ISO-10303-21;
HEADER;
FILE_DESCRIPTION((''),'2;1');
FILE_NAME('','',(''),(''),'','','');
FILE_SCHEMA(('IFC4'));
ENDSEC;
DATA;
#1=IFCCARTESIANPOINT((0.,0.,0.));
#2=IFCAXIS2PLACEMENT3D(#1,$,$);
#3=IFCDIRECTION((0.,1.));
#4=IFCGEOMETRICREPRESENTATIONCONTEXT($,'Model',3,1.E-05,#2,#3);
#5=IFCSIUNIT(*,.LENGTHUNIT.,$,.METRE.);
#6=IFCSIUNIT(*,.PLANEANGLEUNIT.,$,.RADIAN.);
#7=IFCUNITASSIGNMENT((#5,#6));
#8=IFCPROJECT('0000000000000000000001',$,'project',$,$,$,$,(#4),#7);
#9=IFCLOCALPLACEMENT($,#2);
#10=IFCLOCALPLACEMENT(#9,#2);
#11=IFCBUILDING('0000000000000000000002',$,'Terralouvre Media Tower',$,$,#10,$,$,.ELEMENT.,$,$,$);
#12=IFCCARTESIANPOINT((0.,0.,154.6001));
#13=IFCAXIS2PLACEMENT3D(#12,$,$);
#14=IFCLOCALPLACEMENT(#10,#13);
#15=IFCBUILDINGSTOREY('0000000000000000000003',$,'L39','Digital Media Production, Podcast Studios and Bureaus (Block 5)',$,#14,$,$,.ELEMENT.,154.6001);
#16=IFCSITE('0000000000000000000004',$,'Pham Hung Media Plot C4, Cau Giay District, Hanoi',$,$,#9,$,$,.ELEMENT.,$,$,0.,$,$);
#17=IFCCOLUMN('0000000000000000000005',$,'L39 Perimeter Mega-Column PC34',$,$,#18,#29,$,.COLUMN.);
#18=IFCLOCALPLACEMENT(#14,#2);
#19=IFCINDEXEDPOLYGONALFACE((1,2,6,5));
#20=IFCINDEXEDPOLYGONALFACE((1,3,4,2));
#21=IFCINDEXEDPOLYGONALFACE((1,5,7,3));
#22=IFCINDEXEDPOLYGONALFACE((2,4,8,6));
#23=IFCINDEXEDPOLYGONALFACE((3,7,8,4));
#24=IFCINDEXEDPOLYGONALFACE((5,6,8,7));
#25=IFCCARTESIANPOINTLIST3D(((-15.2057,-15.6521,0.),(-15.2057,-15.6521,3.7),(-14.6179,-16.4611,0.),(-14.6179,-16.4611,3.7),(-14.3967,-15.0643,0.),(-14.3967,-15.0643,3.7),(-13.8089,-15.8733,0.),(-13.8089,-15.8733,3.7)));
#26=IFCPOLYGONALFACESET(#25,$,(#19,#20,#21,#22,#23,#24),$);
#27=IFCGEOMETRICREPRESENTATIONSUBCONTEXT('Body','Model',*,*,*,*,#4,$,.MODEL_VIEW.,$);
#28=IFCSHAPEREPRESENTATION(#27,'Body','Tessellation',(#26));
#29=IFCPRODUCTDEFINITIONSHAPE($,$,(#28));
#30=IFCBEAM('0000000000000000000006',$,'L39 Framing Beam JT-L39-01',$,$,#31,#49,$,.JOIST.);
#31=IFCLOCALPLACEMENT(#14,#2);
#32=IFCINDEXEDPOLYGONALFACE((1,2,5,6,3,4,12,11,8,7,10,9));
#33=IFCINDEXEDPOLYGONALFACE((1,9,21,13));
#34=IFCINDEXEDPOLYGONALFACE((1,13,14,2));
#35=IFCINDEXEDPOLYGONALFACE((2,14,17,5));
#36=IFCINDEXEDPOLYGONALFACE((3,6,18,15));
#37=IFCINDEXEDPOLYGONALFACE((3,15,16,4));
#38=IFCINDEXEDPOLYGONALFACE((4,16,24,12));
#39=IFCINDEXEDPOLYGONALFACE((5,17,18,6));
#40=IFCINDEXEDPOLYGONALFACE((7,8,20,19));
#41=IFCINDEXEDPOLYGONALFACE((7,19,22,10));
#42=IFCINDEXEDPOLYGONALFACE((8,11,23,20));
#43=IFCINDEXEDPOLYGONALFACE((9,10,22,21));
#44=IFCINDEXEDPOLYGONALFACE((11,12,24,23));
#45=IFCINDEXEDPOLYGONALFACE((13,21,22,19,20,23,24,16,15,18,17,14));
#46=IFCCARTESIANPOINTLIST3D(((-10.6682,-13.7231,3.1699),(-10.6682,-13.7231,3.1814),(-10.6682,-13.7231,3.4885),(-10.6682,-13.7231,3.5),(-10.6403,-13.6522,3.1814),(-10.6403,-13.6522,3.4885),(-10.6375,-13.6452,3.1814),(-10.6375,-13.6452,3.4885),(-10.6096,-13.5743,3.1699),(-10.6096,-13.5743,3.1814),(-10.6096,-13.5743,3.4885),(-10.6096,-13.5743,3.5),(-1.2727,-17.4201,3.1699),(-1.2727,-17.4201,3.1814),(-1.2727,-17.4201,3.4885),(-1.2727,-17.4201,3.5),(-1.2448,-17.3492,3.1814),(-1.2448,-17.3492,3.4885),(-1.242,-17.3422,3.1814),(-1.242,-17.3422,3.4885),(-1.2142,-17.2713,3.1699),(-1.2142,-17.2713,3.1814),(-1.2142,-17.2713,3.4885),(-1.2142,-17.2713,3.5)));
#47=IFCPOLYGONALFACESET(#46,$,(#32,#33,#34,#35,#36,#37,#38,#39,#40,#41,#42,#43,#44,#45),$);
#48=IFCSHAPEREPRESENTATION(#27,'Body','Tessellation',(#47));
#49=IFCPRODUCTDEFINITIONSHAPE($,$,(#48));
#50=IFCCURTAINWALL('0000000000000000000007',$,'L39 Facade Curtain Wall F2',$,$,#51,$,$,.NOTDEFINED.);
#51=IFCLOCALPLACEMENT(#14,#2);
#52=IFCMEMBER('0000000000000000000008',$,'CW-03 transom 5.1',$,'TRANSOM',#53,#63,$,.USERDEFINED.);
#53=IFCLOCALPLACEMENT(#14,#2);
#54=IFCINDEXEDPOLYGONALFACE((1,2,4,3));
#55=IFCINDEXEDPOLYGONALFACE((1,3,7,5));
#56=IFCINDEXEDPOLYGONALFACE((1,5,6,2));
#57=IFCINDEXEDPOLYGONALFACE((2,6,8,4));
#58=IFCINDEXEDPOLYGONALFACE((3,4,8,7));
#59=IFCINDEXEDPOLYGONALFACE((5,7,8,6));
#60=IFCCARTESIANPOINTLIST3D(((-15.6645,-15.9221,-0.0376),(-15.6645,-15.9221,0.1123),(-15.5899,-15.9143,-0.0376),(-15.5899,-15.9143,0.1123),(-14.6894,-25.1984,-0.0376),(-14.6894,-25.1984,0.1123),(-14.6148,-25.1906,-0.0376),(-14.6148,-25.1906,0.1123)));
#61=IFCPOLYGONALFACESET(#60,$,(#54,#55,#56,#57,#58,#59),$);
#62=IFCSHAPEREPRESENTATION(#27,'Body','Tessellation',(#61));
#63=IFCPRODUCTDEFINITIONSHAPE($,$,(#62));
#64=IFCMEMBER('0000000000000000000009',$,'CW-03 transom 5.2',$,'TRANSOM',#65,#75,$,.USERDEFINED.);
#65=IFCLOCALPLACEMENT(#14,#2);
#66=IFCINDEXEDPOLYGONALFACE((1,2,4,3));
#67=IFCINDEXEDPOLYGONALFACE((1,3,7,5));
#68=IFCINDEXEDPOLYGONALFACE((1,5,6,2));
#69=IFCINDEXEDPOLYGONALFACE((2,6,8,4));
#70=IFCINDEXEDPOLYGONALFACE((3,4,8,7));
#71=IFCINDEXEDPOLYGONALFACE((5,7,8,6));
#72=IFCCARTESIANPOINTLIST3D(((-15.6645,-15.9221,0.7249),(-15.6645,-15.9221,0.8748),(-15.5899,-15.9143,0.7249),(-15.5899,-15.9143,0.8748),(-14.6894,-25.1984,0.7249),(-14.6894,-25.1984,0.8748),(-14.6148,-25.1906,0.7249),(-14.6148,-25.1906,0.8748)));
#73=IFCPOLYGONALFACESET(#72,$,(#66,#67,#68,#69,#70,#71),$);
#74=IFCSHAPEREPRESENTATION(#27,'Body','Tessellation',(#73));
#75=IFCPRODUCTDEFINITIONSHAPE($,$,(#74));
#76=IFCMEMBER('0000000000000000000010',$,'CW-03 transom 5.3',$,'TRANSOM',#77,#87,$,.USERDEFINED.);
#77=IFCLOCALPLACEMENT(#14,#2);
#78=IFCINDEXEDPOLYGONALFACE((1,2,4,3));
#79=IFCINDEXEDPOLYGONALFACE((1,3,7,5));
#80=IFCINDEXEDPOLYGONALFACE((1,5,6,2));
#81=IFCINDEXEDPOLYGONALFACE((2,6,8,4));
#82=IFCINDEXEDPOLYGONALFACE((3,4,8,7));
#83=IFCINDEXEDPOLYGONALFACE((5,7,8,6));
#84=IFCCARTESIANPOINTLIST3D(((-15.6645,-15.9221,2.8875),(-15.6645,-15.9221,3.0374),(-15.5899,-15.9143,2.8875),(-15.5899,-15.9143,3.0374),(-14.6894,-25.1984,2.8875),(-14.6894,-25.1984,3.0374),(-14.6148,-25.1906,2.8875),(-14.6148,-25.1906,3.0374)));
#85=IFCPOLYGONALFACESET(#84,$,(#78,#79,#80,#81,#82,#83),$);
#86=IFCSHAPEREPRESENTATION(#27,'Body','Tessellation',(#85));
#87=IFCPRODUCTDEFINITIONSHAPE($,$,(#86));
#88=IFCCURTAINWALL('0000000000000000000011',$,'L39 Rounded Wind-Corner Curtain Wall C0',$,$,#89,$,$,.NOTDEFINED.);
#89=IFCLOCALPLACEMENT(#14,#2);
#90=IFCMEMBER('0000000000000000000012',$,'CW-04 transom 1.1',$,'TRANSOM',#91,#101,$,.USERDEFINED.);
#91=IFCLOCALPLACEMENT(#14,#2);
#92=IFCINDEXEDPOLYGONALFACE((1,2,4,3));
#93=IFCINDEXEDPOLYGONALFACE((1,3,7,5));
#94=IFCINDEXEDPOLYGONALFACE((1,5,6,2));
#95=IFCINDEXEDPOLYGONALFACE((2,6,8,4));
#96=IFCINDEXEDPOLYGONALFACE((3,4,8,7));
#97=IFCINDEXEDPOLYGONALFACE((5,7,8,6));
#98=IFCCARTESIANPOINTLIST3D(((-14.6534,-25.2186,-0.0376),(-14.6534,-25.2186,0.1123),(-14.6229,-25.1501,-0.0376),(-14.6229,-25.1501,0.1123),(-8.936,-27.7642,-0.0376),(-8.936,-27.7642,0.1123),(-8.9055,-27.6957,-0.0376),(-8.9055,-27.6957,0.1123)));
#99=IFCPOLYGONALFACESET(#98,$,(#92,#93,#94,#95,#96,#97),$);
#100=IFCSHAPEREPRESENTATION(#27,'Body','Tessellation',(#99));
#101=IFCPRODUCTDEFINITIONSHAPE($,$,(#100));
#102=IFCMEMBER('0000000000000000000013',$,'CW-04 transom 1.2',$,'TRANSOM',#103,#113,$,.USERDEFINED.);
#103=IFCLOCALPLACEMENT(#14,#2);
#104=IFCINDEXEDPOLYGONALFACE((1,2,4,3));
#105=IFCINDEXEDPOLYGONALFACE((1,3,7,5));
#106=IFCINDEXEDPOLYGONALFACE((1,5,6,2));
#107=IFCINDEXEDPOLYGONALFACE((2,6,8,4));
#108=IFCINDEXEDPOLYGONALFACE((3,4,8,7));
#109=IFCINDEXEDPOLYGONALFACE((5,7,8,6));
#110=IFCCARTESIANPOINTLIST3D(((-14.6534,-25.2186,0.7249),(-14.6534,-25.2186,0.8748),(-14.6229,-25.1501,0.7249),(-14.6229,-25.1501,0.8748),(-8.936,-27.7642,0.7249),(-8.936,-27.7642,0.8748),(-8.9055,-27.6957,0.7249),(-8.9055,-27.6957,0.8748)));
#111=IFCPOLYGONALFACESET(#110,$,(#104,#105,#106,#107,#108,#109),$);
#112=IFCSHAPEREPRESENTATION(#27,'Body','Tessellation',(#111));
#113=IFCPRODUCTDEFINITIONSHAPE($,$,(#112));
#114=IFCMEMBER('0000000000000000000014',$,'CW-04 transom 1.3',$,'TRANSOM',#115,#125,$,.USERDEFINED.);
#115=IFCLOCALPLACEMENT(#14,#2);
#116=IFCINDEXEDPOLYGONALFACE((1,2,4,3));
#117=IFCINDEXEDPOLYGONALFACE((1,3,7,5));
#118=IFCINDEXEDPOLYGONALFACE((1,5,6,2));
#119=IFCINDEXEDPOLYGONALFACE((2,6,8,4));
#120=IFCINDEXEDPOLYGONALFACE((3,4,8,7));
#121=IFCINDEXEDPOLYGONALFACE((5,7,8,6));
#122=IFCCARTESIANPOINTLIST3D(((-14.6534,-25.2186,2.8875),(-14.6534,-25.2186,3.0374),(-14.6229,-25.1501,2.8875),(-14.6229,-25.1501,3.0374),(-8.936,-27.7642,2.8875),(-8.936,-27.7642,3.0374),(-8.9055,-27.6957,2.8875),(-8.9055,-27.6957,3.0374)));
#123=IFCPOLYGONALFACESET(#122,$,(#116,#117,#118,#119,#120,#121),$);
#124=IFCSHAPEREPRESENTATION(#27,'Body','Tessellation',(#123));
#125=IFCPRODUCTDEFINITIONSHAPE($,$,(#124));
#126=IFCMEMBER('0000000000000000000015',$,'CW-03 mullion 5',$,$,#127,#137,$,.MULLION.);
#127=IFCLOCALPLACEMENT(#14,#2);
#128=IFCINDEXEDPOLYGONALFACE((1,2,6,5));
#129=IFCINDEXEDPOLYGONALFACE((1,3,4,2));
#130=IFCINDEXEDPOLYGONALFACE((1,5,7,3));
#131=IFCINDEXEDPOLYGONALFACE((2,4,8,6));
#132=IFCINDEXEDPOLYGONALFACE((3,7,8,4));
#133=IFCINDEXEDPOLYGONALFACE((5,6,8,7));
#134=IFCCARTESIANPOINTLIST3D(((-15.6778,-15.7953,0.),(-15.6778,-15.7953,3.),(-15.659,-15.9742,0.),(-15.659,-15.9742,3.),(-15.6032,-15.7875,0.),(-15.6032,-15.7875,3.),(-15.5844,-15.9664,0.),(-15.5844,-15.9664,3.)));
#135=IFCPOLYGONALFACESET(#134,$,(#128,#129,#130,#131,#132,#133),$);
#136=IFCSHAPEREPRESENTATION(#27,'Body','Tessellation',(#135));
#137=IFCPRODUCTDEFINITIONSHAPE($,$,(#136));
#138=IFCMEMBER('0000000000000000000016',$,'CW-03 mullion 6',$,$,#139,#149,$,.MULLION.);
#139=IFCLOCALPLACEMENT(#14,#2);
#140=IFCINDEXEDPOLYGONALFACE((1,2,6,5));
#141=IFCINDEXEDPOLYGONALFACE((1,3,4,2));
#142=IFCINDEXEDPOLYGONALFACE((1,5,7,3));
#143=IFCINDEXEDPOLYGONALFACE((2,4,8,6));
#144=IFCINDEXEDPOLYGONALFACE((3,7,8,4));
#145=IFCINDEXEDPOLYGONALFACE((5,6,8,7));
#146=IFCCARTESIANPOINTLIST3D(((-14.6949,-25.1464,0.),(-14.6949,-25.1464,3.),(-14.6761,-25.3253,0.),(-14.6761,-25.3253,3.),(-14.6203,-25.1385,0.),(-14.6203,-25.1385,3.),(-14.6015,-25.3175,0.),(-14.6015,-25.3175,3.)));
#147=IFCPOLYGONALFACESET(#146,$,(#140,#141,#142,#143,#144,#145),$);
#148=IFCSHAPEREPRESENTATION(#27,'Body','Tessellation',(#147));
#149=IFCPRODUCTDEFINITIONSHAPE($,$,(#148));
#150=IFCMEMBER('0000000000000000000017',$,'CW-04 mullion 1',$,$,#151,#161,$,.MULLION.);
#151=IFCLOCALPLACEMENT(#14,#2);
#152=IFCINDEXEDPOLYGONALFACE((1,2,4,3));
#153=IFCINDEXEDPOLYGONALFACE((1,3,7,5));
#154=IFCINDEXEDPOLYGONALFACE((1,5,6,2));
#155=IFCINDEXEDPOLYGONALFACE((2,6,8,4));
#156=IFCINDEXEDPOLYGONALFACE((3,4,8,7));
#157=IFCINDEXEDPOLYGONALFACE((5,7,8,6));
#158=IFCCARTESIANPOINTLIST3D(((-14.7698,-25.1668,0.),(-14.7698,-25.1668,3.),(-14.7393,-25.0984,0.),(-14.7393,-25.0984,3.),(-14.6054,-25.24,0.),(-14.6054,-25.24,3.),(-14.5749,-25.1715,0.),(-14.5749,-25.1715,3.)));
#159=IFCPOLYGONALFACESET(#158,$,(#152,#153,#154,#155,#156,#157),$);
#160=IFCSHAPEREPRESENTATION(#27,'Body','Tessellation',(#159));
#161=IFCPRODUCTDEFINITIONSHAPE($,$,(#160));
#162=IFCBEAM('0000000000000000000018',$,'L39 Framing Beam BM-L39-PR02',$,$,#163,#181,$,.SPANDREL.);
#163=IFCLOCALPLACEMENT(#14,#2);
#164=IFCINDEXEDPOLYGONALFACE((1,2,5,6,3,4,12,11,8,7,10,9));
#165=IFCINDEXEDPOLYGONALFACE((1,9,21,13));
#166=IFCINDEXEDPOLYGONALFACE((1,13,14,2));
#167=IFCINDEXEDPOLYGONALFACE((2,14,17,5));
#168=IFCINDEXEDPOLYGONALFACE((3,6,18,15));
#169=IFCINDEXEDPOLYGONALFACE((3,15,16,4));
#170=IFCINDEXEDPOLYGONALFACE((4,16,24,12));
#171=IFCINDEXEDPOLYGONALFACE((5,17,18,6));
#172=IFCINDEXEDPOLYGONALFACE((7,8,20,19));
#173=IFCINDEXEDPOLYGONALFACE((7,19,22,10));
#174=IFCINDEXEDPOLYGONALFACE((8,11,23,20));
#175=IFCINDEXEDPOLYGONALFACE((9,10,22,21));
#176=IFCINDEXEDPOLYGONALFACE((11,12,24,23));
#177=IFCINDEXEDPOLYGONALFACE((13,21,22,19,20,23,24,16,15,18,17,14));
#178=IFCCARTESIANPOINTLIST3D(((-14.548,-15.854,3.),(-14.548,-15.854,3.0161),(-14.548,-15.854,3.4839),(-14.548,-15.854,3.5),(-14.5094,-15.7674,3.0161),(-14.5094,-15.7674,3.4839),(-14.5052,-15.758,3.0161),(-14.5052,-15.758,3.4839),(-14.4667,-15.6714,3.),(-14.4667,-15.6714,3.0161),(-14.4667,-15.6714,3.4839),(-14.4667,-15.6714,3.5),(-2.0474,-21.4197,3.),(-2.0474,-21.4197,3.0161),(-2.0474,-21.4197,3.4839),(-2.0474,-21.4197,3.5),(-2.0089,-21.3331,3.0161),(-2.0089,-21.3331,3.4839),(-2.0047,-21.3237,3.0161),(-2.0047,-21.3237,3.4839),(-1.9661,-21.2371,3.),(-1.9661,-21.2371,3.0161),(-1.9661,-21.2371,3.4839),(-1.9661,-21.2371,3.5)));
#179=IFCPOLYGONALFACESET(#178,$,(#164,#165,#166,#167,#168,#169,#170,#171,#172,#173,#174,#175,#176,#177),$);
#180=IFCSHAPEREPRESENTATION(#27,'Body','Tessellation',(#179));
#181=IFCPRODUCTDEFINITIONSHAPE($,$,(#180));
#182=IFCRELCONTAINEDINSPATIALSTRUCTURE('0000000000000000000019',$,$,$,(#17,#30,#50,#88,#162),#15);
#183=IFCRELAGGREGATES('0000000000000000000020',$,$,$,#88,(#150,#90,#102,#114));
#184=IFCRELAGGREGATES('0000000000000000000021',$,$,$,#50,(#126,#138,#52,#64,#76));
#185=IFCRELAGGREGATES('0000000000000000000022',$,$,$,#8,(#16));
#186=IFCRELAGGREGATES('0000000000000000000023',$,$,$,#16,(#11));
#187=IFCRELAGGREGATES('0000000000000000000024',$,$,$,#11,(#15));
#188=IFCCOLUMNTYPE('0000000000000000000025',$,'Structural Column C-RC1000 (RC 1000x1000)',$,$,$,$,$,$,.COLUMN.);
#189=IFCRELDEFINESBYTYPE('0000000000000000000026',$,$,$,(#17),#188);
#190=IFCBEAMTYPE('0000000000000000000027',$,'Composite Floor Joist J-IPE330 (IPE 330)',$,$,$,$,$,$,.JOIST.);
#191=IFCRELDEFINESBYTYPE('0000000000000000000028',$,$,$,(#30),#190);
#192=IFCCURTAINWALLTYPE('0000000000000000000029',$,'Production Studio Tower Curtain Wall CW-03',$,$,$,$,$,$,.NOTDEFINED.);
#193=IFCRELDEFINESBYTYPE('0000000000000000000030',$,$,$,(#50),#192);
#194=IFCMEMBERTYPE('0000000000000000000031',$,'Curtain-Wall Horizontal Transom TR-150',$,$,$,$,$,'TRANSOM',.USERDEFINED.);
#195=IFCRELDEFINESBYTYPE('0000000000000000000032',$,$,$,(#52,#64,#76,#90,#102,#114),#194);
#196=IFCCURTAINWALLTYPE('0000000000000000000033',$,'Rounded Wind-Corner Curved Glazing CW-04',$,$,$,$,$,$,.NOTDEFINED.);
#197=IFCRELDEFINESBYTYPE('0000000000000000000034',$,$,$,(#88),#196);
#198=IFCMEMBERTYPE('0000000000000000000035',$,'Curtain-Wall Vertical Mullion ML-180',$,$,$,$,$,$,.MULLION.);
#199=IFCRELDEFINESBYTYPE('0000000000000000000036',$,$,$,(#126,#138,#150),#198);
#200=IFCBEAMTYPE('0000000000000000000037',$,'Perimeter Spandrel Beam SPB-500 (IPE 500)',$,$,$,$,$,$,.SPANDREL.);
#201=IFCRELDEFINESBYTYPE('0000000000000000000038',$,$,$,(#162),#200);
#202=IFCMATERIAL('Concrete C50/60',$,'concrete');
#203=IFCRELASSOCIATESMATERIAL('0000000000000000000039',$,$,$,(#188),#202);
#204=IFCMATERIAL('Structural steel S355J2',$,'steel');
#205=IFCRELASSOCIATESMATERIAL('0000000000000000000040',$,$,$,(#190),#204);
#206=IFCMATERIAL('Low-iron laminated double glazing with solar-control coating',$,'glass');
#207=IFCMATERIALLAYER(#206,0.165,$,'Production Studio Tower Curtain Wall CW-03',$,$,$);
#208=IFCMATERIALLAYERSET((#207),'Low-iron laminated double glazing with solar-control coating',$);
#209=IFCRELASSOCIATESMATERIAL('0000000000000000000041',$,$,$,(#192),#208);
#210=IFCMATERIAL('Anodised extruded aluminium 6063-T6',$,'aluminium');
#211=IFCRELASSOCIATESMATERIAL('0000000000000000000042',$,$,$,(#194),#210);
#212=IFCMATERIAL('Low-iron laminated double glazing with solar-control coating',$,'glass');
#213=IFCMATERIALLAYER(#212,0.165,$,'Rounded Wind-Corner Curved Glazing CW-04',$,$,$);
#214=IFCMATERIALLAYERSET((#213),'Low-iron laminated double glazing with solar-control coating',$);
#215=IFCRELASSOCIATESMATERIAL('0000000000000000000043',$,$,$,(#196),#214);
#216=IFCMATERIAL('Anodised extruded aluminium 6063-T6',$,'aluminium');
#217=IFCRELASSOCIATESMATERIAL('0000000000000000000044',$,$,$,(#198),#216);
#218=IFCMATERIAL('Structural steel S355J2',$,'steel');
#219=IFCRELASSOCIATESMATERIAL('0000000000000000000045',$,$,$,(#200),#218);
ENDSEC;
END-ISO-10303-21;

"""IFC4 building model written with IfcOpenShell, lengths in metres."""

from ifc_helpers import new_model, si_unit, direction, frame, origin, origin_2d, place, context, subcontext, project, spatial, rectangle, i_section, extrude, material, layer, layer_set, material_profile, profile_set, type_object, element, aggregate, save


model = new_model("IFC4")

# Units and contexts
model_context = context("Model", 3, precision=1e-05, world=origin(), true_north=direction((0.0, 1.0)))
body_context = subcontext(model_context, "Body", "Model", "MODEL_VIEW")
ifc_project = project(units=[si_unit("LENGTHUNIT", "METRE"), si_unit("PLANEANGLEUNIT", "RADIAN")], contexts=[model_context])

# Site, building, storey
site_placement = place(None, origin())
site = spatial("IfcSite", under=ifc_project, at=site_placement, Name="Pham Hung Media Plot C4, Cau Giay District, Hanoi", CompositionType="ELEMENT", RefElevation=0.0)
building_placement = place(site_placement, origin())
building = spatial("IfcBuilding", under=site, at=building_placement, Name="Terralouvre Media Tower", CompositionType="ELEMENT")
storey_placement = place(building_placement, frame((0.0, 0.0, 154.6001)))
storey = spatial("IfcBuildingStorey", under=building, at=storey_placement, Name="L39", Description="Digital Media Production, Podcast Studios and Bureaus (Block 5)", CompositionType="ELEMENT", Elevation=154.6001)

# Column
ifc_material_1 = material(Name="Concrete C50/60", Category="concrete")
ifc_material_profile_1 = material_profile(ifc_material_1, rectangle(XDim=1.0, YDim=1.0, at=origin_2d()), Name="RC 1000x1000")
ifc_profile_set_1 = profile_set([ifc_material_profile_1], Name="Concrete C50/60")
column_type = type_object("IfcColumnType", Name="Structural Column C-RC1000 (RC 1000x1000)", PredefinedType="COLUMN", material=ifc_profile_set_1)
column_placement = place(storey_placement, frame((-14.5073, -15.7627, 0.0), z_axis=(0.0, 0.0, 1.0), x_axis=(0.809017, 0.587785, 0.0)))
element("IfcColumn", 1, at=column_placement, inside=storey, type_object=column_type, Name="L39 Perimeter Mega-Column PC34", PredefinedType="COLUMN", context=body_context, shape_type="SweptSolid", body=[
    extrude(rectangle(XDim=1.0, YDim=1.0, at=origin_2d()), origin(), (0.0, 0.0, 1.0), 3.7),
])

# Beam
ifc_material_2 = material(Name="Structural steel S355J2", Category="steel")
ifc_material_profile_2 = material_profile(ifc_material_2, i_section(OverallWidth=0.1599, OverallDepth=0.3301, WebThickness=0.0076, FlangeThickness=0.0115, at=origin_2d()), Name="IPE 330")
ifc_profile_set_2 = profile_set([ifc_material_profile_2], Name="Structural steel S355J2")
beam_type_1 = type_object("IfcBeamType", Name="Composite Floor Joist J-IPE330 (IPE 330)", PredefinedType="JOIST", material=ifc_profile_set_2)
beam_1_placement = place(storey_placement, frame((-10.6389, -13.6487, 3.335), z_axis=(0.930552, -0.366161, 0.0), x_axis=(0.366161, 0.930552, 0.0)))
element("IfcBeam", 2, at=beam_1_placement, inside=storey, type_object=beam_type_1, Name="L39 Framing Beam JT-L39-01", PredefinedType="JOIST", context=body_context, shape_type="SweptSolid", body=[
    extrude(i_section(OverallWidth=0.1599, OverallDepth=0.3301, WebThickness=0.0076, FlangeThickness=0.0115, at=origin_2d()), origin(), (0.0, 0.0, 1.0), 10.0967),
])

# Curtain walls, members
ifc_material_3 = material(Name="Low-iron laminated double glazing with solar-control coating", Category="glass")
ifc_layer_1 = layer(ifc_material_3, 0.165, Name="Production Studio Tower Curtain Wall CW-03")
ifc_layer_set_1 = layer_set([ifc_layer_1], Name="Low-iron laminated double glazing with solar-control coating")
curtain_wall_type_1 = type_object("IfcCurtainWallType", Name="Production Studio Tower Curtain Wall CW-03", PredefinedType="NOTDEFINED", material=ifc_layer_set_1)
curtain_wall_1_placement = place(storey_placement, origin())
curtain_wall_1 = element("IfcCurtainWall", 3, at=curtain_wall_1_placement, inside=storey, type_object=curtain_wall_type_1, Name="L39 Facade Curtain Wall F2", PredefinedType="NOTDEFINED")
ifc_material_4 = material(Name="Anodised extruded aluminium 6063-T6", Category="aluminium")
ifc_material_profile_3 = material_profile(ifc_material_4, rectangle(XDim=0.075, YDim=0.1499, at=origin_2d()), Name="ALU 75x150")
ifc_profile_set_3 = profile_set([ifc_material_profile_3], Name="Anodised extruded aluminium 6063-T6")
member_type_1 = type_object("IfcMemberType", Name="Curtain-Wall Horizontal Transom TR-150", ElementType="TRANSOM", PredefinedType="USERDEFINED", material=ifc_profile_set_3)
member_1_placement = place(storey_placement, frame((-15.6272, -15.9182, 0.0374), z_axis=(0.10454, -0.994521, 0.0), x_axis=(0.994521, 0.10454, 0.0)))
member_1 = element("IfcMember", 4, at=member_1_placement, type_object=member_type_1, Name="CW-03 transom 5.1", ObjectType="TRANSOM", PredefinedType="USERDEFINED", context=body_context, shape_type="SweptSolid", body=[
    extrude(rectangle(XDim=0.075, YDim=0.1499, at=origin_2d()), origin(), (0.0, 0.0, 1.0), 9.3274),
])
member_2_placement = place(storey_placement, frame((-15.6272, -15.9182, 0.7998), z_axis=(0.10454, -0.994521, 0.0), x_axis=(0.994521, 0.10454, 0.0)))
member_2 = element("IfcMember", 5, at=member_2_placement, type_object=member_type_1, Name="CW-03 transom 5.2", ObjectType="TRANSOM", PredefinedType="USERDEFINED", context=body_context, shape_type="SweptSolid", body=[
    extrude(rectangle(XDim=0.075, YDim=0.1499, at=origin_2d()), origin(), (0.0, 0.0, 1.0), 9.3274),
])
member_3_placement = place(storey_placement, frame((-15.6272, -15.9182, 2.9624), z_axis=(0.10454, -0.994521, 0.0), x_axis=(0.994521, 0.10454, 0.0)))
member_3 = element("IfcMember", 6, at=member_3_placement, type_object=member_type_1, Name="CW-03 transom 5.3", ObjectType="TRANSOM", PredefinedType="USERDEFINED", context=body_context, shape_type="SweptSolid", body=[
    extrude(rectangle(XDim=0.075, YDim=0.1499, at=origin_2d()), origin(), (0.0, 0.0, 1.0), 9.3274),
])
ifc_material_5 = material(Name="Low-iron laminated double glazing with solar-control coating", Category="glass")
ifc_layer_2 = layer(ifc_material_5, 0.165, Name="Rounded Wind-Corner Curved Glazing CW-04")
ifc_layer_set_2 = layer_set([ifc_layer_2], Name="Low-iron laminated double glazing with solar-control coating")
curtain_wall_type_2 = type_object("IfcCurtainWallType", Name="Rounded Wind-Corner Curved Glazing CW-04", PredefinedType="NOTDEFINED", material=ifc_layer_set_2)
curtain_wall_2_placement = place(storey_placement, origin())
curtain_wall_2 = element("IfcCurtainWall", 7, at=curtain_wall_2_placement, inside=storey, type_object=curtain_wall_type_2, Name="L39 Rounded Wind-Corner Curtain Wall C0", PredefinedType="NOTDEFINED")
member_4_placement = place(storey_placement, frame((-14.6382, -25.1843, 0.0374), z_axis=(0.913543, -0.406743, 0.0), x_axis=(0.406743, 0.913543, 0.0)))
member_4 = element("IfcMember", 8, at=member_4_placement, type_object=member_type_1, Name="CW-04 transom 1.1", ObjectType="TRANSOM", PredefinedType="USERDEFINED", context=body_context, shape_type="SweptSolid", body=[
    extrude(rectangle(XDim=0.075, YDim=0.1499, at=origin_2d()), origin(), (0.0, 0.0, 1.0), 6.2585),
])
member_5_placement = place(storey_placement, frame((-14.6382, -25.1843, 0.7998), z_axis=(0.913543, -0.406743, 0.0), x_axis=(0.406743, 0.913543, 0.0)))
member_5 = element("IfcMember", 9, at=member_5_placement, type_object=member_type_1, Name="CW-04 transom 1.2", ObjectType="TRANSOM", PredefinedType="USERDEFINED", context=body_context, shape_type="SweptSolid", body=[
    extrude(rectangle(XDim=0.075, YDim=0.1499, at=origin_2d()), origin(), (0.0, 0.0, 1.0), 6.2585),
])
member_6_placement = place(storey_placement, frame((-14.6382, -25.1843, 2.9624), z_axis=(0.913543, -0.406743, 0.0), x_axis=(0.406743, 0.913543, 0.0)))
member_6 = element("IfcMember", 10, at=member_6_placement, type_object=member_type_1, Name="CW-04 transom 1.3", ObjectType="TRANSOM", PredefinedType="USERDEFINED", context=body_context, shape_type="SweptSolid", body=[
    extrude(rectangle(XDim=0.075, YDim=0.1499, at=origin_2d()), origin(), (0.0, 0.0, 1.0), 6.2585),
])

# Members
ifc_material_6 = material(Name="Anodised extruded aluminium 6063-T6", Category="aluminium")
ifc_material_profile_4 = material_profile(ifc_material_6, rectangle(XDim=0.075, YDim=0.1799, at=origin_2d()), Name="ALU 75x180")
ifc_profile_set_4 = profile_set([ifc_material_profile_4], Name="Anodised extruded aluminium 6063-T6")
member_type_2 = type_object("IfcMemberType", Name="Curtain-Wall Vertical Mullion ML-180", PredefinedType="MULLION", material=ifc_profile_set_4)
member_7_placement = place(storey_placement, frame((-15.6311, -15.8809, 0.0), z_axis=(0.0, 0.0, 1.0), x_axis=(0.994522, 0.104528, 0.0)))
member_7 = element("IfcMember", 11, at=member_7_placement, type_object=member_type_2, Name="CW-03 mullion 5", PredefinedType="MULLION", context=body_context, shape_type="SweptSolid", body=[
    extrude(rectangle(XDim=0.075, YDim=0.1799, at=origin_2d()), origin(), (0.0, 0.0, 1.0), 3.0),
])
member_8_placement = place(storey_placement, frame((-14.6482, -25.2319, 0.0), z_axis=(0.0, 0.0, 1.0), x_axis=(0.994522, 0.104528, 0.0)))
member_8 = element("IfcMember", 12, at=member_8_placement, type_object=member_type_2, Name="CW-03 mullion 6", PredefinedType="MULLION", context=body_context, shape_type="SweptSolid", body=[
    extrude(rectangle(XDim=0.075, YDim=0.1799, at=origin_2d()), origin(), (0.0, 0.0, 1.0), 3.0),
])
member_9_placement = place(storey_placement, frame((-14.6724, -25.1692, 0.0), z_axis=(0.0, 0.0, 1.0), x_axis=(0.406737, 0.913545, 0.0)))
member_9 = element("IfcMember", 13, at=member_9_placement, type_object=member_type_2, Name="CW-04 mullion 1", PredefinedType="MULLION", context=body_context, shape_type="SweptSolid", body=[
    extrude(rectangle(XDim=0.075, YDim=0.1799, at=origin_2d()), origin(), (0.0, 0.0, 1.0), 3.0),
])

# Beam
ifc_material_7 = material(Name="Structural steel S355J2", Category="steel")
ifc_material_profile_5 = material_profile(ifc_material_7, i_section(OverallWidth=0.2, OverallDepth=0.5, WebThickness=0.0103, FlangeThickness=0.0161, at=origin_2d()), Name="IPE 500")
ifc_profile_set_5 = profile_set([ifc_material_profile_5], Name="Structural steel S355J2")
beam_type_2 = type_object("IfcBeamType", Name="Perimeter Spandrel Beam SPB-500 (IPE 500)", PredefinedType="SPANDREL", material=ifc_profile_set_5)
beam_2_placement = place(storey_placement, frame((-14.5073, -15.7627, 3.25), z_axis=(0.913543, -0.406743, 0.0), x_axis=(0.406743, 0.913543, 0.0)))
element("IfcBeam", 14, at=beam_2_placement, inside=storey, type_object=beam_type_2, Name="L39 Framing Beam BM-L39-PR02", PredefinedType="SPANDREL", context=body_context, shape_type="SweptSolid", body=[
    extrude(i_section(OverallWidth=0.2, OverallDepth=0.5, WebThickness=0.0103, FlangeThickness=0.0161, at=origin_2d()), origin(), (0.0, 0.0, 1.0), 13.6836),
])

aggregate(curtain_wall_2, [member_9, member_4, member_5, member_6])
aggregate(curtain_wall_1, [member_7, member_8, member_1, member_2, member_3])

save(model, "model.ifc")
